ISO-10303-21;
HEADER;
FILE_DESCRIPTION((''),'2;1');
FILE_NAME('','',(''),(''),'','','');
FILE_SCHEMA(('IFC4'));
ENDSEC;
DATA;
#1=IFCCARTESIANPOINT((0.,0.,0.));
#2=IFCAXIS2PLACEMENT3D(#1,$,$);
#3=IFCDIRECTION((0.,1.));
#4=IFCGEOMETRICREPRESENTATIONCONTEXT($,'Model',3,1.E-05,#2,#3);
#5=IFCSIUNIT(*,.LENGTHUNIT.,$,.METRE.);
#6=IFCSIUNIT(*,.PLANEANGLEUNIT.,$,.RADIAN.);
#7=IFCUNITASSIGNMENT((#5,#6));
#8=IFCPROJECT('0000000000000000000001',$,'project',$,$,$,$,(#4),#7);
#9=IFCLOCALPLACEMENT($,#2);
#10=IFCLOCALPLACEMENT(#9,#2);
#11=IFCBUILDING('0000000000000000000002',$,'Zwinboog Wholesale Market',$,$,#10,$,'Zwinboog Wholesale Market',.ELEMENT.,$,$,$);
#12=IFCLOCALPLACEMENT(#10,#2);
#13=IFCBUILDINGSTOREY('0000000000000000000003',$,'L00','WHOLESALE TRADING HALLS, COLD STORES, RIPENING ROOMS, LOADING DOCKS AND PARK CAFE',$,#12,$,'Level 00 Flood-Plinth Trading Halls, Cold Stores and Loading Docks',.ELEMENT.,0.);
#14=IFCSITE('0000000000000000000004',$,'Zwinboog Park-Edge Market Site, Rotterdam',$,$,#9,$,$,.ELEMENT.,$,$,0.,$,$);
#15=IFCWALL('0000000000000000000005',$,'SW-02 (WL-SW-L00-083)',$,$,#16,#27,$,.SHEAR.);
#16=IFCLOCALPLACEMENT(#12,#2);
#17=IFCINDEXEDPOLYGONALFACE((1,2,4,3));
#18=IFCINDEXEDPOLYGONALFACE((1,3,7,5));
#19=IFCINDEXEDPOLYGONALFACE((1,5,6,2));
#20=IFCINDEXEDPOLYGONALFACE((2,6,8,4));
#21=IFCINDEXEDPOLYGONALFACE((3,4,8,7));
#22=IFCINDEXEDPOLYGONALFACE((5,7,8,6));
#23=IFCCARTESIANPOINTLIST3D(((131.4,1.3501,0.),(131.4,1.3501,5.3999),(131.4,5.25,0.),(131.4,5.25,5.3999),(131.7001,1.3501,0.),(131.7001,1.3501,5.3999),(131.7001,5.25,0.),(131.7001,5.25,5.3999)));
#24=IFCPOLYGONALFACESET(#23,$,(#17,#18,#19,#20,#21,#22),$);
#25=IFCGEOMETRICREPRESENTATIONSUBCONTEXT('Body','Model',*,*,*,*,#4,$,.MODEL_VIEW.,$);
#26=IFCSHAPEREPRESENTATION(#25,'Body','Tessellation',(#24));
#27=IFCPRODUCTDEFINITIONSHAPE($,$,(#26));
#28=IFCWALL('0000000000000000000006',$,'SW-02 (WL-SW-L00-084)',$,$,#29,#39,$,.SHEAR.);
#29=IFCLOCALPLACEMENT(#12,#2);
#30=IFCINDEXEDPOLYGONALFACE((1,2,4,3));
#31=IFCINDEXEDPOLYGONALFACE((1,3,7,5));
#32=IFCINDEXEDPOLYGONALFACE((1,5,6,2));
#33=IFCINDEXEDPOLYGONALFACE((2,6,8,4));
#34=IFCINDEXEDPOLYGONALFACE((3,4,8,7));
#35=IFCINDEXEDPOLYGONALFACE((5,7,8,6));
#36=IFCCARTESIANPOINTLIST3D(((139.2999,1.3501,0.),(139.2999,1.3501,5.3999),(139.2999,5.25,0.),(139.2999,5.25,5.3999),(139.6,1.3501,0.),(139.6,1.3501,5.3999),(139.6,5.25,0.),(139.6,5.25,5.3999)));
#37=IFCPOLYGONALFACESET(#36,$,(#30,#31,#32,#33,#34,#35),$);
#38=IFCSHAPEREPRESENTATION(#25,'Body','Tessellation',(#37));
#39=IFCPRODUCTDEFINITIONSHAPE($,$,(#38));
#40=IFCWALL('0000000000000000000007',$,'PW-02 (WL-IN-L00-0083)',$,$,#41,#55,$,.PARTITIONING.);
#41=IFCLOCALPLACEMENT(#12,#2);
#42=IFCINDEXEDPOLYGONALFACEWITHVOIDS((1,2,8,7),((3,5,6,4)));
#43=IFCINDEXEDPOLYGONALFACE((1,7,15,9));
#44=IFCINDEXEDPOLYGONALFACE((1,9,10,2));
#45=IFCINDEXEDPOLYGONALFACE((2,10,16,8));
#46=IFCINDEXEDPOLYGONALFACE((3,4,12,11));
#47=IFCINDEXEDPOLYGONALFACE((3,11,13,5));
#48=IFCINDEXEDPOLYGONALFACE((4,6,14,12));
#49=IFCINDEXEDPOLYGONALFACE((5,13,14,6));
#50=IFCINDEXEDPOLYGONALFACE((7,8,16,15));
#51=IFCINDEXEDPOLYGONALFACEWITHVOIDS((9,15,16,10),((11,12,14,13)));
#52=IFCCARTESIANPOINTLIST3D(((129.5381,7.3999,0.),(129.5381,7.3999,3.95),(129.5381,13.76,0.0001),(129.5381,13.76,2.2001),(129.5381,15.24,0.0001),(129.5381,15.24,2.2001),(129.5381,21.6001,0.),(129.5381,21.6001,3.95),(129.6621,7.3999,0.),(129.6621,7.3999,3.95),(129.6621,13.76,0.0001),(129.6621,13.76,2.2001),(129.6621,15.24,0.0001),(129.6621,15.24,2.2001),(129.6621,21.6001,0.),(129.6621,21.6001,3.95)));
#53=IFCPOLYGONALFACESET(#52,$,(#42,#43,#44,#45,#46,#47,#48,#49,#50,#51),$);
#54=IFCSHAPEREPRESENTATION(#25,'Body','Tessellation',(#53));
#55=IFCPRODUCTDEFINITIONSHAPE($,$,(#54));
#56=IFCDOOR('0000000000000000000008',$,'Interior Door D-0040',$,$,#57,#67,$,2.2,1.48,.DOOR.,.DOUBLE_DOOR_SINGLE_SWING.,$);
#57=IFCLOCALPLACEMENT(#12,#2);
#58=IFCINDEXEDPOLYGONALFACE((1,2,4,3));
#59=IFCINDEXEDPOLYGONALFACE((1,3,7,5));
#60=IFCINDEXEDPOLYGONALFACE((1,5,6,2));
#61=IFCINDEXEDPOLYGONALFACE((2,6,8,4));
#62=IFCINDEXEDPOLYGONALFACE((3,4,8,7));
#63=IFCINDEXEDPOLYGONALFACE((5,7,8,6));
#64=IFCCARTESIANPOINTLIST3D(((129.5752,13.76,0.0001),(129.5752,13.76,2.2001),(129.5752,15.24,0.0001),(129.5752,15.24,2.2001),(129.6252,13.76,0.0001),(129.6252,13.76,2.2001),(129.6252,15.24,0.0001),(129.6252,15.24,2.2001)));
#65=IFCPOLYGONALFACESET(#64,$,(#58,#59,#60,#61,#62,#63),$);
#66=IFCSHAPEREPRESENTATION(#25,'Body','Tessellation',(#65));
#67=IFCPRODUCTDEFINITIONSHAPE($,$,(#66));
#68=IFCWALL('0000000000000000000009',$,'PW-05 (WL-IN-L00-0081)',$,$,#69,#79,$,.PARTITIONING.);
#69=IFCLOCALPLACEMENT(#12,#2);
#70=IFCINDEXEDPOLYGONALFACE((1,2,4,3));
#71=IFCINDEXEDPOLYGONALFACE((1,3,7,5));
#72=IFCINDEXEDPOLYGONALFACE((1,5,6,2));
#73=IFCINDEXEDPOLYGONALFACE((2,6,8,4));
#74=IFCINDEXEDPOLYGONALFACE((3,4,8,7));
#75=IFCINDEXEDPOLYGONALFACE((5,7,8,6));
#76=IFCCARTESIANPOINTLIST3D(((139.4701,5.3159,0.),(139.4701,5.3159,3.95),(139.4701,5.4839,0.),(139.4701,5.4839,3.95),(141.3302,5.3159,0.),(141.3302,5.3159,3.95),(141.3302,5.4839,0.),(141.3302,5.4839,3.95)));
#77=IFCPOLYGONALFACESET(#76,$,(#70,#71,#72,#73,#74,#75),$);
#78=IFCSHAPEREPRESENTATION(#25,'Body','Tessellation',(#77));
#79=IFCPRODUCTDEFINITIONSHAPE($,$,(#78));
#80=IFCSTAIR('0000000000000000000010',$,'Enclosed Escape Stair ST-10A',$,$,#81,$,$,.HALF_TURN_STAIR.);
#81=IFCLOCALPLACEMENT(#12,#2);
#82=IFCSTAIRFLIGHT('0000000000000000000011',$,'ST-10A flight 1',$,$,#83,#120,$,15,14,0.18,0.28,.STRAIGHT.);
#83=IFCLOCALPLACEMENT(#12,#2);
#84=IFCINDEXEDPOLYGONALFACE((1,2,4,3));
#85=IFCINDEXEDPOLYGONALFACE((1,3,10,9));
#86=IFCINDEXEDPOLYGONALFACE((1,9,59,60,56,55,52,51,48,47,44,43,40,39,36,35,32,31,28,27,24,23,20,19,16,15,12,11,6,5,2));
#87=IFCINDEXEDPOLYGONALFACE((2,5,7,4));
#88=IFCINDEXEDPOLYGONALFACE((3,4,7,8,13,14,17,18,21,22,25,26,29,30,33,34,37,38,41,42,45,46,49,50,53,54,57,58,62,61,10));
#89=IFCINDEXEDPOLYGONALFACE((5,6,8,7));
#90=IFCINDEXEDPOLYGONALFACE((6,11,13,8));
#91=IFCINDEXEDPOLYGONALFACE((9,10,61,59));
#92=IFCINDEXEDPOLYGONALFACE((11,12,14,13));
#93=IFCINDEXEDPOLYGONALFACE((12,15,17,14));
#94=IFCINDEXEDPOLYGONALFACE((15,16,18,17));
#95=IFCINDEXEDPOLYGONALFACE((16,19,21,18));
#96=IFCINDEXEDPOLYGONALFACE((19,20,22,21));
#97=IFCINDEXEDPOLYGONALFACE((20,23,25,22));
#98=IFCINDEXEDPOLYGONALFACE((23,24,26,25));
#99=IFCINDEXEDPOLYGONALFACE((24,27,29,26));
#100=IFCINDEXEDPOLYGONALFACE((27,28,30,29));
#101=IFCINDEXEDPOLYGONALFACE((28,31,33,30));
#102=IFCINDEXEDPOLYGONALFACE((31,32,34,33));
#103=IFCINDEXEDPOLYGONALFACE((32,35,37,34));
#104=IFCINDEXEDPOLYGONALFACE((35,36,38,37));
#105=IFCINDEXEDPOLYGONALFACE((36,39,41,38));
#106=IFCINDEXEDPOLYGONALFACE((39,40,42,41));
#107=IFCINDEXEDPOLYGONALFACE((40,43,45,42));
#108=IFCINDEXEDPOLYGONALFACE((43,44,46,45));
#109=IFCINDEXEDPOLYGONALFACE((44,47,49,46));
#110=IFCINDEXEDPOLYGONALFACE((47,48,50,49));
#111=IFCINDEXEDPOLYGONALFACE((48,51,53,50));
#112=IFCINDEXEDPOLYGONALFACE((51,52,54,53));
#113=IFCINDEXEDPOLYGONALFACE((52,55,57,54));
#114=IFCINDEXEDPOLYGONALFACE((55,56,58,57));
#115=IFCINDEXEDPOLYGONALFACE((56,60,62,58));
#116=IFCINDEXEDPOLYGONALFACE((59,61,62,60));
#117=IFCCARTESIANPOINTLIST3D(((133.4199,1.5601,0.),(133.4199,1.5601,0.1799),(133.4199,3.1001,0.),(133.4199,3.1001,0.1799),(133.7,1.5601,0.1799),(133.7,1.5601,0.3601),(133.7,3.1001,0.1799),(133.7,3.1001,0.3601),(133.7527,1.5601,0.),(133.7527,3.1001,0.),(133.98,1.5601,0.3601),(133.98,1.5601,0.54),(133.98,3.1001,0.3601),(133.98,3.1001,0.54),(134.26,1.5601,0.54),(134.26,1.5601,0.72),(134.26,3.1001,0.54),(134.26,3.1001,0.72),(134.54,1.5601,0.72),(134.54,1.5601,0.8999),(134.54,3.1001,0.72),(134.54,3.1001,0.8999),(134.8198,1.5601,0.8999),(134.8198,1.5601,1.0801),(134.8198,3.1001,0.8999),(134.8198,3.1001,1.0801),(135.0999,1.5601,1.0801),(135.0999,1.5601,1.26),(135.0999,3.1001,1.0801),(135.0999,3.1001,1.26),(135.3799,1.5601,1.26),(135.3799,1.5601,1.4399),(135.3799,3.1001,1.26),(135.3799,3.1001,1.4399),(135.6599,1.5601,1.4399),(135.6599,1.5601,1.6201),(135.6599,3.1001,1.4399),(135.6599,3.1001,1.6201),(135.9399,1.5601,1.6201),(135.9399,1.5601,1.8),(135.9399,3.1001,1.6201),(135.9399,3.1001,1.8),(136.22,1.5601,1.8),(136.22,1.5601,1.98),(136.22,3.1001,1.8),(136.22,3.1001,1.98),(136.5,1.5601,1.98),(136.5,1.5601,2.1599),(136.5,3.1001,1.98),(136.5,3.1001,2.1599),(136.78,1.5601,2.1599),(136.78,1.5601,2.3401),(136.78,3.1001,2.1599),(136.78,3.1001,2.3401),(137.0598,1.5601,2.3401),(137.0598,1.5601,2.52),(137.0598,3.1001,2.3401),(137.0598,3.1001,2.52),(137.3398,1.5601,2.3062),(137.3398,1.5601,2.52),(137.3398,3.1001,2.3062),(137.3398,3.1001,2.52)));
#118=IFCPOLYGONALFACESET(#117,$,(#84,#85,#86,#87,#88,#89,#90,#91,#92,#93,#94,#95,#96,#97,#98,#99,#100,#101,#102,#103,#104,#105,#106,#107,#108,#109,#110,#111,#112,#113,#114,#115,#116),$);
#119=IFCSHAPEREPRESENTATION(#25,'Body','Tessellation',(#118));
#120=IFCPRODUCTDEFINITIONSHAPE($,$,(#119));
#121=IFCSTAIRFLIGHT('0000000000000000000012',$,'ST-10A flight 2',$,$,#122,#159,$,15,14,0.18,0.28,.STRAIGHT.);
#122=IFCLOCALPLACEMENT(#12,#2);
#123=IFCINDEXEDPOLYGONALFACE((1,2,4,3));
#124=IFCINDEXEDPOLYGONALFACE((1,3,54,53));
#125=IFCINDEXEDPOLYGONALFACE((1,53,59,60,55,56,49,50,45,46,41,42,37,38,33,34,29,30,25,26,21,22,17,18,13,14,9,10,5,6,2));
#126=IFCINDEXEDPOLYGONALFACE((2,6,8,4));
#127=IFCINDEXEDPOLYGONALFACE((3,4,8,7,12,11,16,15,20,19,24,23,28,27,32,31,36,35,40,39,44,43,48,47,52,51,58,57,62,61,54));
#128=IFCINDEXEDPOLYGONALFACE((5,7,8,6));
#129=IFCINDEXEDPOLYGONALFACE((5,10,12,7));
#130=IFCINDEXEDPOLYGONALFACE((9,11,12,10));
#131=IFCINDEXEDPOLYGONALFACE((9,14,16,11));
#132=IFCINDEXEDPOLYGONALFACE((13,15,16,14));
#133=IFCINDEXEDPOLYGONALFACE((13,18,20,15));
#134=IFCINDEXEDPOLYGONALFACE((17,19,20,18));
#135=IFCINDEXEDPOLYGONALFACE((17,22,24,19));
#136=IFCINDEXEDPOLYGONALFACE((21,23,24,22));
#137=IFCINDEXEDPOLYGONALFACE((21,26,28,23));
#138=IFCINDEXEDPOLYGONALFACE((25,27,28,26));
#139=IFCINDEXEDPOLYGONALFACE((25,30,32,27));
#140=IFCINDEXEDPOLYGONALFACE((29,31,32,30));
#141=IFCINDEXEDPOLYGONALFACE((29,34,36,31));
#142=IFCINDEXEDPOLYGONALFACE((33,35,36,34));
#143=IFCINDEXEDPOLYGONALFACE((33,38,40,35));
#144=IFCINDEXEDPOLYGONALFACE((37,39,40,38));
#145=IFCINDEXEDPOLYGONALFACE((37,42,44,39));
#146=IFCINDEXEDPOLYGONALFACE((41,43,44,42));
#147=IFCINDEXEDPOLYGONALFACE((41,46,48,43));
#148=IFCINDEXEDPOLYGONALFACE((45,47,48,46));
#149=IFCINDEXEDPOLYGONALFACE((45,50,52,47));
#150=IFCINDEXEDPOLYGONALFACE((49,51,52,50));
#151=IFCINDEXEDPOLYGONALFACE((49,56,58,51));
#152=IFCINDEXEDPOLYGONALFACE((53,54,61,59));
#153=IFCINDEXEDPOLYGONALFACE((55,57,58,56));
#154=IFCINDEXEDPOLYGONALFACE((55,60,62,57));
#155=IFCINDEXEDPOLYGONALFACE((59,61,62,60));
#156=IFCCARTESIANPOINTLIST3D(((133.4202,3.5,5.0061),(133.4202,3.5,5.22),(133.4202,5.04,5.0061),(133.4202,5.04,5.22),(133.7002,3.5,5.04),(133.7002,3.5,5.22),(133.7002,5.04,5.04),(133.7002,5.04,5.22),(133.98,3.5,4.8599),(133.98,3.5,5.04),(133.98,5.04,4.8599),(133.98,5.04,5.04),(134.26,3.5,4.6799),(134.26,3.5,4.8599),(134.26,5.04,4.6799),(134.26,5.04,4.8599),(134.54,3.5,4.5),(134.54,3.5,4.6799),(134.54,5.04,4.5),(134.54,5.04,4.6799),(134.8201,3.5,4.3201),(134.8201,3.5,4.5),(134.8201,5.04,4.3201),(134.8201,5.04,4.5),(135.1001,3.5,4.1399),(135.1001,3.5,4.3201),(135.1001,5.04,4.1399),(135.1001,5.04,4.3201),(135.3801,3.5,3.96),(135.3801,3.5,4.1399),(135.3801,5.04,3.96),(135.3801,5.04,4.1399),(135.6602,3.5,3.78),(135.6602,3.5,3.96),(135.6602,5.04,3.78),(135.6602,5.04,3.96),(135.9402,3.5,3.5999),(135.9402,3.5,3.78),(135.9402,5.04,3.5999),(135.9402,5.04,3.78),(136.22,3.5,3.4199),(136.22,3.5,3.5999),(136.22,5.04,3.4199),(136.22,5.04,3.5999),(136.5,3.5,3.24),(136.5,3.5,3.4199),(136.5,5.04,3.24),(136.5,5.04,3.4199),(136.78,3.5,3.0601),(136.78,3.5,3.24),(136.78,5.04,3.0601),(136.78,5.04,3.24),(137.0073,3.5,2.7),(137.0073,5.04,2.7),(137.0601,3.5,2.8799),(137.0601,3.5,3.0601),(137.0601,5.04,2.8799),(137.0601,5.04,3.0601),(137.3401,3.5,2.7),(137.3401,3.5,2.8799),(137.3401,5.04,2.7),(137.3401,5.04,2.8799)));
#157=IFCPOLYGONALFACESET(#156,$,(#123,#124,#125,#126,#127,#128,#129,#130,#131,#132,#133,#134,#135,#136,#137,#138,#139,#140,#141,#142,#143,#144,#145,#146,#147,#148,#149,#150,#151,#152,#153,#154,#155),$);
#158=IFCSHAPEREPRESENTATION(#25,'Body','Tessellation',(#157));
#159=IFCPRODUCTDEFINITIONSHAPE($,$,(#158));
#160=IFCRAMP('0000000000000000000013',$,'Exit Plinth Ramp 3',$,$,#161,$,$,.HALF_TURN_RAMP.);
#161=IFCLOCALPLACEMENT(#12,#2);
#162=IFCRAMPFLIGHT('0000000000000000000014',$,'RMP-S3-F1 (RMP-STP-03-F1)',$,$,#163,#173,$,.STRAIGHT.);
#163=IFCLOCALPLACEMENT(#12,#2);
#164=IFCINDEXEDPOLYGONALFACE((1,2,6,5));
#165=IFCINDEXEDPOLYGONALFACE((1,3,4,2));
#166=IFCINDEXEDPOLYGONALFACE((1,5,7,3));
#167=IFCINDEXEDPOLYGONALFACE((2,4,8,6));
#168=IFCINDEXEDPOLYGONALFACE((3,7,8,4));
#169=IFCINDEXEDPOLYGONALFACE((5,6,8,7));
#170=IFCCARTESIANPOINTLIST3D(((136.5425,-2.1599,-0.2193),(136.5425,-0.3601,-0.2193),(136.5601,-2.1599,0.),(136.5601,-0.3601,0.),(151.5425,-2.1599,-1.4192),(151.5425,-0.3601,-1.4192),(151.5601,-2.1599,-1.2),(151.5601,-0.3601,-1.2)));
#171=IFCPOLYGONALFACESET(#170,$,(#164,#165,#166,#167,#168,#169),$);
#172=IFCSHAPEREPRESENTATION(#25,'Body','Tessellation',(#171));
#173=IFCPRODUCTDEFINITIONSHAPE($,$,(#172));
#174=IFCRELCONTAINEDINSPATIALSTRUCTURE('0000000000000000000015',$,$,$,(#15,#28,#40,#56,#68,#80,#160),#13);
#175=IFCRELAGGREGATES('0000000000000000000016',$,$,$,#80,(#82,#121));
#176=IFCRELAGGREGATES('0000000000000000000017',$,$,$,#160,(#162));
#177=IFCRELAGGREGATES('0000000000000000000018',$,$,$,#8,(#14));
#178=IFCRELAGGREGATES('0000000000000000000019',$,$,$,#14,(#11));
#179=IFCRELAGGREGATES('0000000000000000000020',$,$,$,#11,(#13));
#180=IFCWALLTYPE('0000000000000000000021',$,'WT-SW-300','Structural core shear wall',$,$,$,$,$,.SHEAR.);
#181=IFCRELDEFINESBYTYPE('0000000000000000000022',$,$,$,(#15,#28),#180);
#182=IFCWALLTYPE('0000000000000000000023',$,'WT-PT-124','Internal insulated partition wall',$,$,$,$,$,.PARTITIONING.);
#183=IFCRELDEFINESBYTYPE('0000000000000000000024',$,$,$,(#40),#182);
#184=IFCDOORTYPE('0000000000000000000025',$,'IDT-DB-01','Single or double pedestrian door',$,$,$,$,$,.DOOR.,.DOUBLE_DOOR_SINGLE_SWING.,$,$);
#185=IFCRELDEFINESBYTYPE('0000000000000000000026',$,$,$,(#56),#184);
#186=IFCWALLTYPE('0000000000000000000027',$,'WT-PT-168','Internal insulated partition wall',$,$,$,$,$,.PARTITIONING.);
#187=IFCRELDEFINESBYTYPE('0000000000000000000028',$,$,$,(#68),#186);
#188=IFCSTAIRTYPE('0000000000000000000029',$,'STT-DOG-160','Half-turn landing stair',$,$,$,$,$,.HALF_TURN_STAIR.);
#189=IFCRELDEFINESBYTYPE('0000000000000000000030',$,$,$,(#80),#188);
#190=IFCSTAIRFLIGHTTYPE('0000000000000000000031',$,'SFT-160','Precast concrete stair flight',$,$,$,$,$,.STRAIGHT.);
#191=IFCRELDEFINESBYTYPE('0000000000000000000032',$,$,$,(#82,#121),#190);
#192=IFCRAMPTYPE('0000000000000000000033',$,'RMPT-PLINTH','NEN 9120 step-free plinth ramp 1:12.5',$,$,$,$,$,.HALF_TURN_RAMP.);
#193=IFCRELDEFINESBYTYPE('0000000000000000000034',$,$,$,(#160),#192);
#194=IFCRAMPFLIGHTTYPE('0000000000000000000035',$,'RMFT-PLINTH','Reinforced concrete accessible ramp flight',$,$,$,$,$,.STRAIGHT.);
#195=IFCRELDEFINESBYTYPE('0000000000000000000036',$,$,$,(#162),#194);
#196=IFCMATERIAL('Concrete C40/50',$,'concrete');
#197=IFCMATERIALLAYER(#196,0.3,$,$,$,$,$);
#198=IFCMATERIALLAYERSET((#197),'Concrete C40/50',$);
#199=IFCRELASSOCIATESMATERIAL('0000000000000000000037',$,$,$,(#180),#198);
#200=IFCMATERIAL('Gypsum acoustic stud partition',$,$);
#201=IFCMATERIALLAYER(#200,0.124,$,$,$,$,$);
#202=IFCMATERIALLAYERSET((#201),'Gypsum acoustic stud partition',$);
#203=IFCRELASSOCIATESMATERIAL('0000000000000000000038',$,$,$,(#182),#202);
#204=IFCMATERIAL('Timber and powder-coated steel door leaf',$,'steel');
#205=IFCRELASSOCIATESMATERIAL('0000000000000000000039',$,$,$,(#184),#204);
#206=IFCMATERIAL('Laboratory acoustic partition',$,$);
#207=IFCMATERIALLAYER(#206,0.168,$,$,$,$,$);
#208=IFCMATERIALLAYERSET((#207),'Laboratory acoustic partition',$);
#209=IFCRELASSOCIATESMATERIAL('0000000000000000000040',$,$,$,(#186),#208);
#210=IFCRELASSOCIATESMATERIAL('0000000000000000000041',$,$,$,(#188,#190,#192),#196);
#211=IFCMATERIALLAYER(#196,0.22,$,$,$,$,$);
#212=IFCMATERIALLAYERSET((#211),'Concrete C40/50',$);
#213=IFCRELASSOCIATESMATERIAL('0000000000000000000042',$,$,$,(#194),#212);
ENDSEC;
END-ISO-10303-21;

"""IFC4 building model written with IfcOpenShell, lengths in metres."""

from ifc_helpers import new_model, si_unit, direction, frame, frame_2d, origin, place, context, subcontext, project, spatial, polyline, rectangle, outline, extrude, material, layer, layer_set, type_object, element, fill, aggregate, save


model = new_model("IFC4")

# Units and contexts
model_context = context("Model", 3, precision=1e-05, world=origin(), true_north=direction((0.0, 1.0)))
body_context = subcontext(model_context, "Body", "Model", "MODEL_VIEW")
ifc_project = project(units=[si_unit("LENGTHUNIT", "METRE"), si_unit("PLANEANGLEUNIT", "RADIAN")], contexts=[model_context])

# Site, building, storey
site_placement = place(None, origin())
site = spatial("IfcSite", under=ifc_project, at=site_placement, Name="Zwinboog Park-Edge Market Site, Rotterdam", CompositionType="ELEMENT", RefElevation=0.0)
building_placement = place(site_placement, origin())
building = spatial("IfcBuilding", under=site, at=building_placement, Name="Zwinboog Wholesale Market", LongName="Zwinboog Wholesale Market", CompositionType="ELEMENT")
storey_placement = place(building_placement, origin())
storey = spatial("IfcBuildingStorey", under=building, at=storey_placement, Name="L00", Description="WHOLESALE TRADING HALLS, COLD STORES, RIPENING ROOMS, LOADING DOCKS AND PARK CAFE", LongName="Level 00 Flood-Plinth Trading Halls, Cold Stores and Loading Docks", CompositionType="ELEMENT", Elevation=0.0)

# Shared definitions
ifc_material_1 = material(Name="Concrete C40/50", Category="concrete")

# Shared definitions
ifc_layer_1 = layer(ifc_material_1, 0.3)
ifc_layer_set_1 = layer_set([ifc_layer_1], Name="Concrete C40/50")
wall_type_1 = type_object("IfcWallType", Name="WT-SW-300", Description="Structural core shear wall", PredefinedType="SHEAR", material=ifc_layer_set_1)

# Shared definitions
ifc_material_2 = material(Name="Timber and powder-coated steel door leaf", Category="steel")

# Walls
for number, where, z_axis, x_axis, name in (
    (1, (131.55, 1.3501, 0.0), (0.0, 0.0, 1.0), (0.0, 1.0, 0.0), "SW-02 (WL-SW-L00-083)"),
    (2, (139.45, 1.3501, 0.0), (0.0, 0.0, 1.0), (0.0, 1.0, 0.0), "SW-02 (WL-SW-L00-084)"),
):
    element("IfcWall", number, at=place(storey_placement, frame(where, z_axis=z_axis, x_axis=x_axis)), inside=storey, type_object=wall_type_1, Name=name, PredefinedType="SHEAR", context=body_context, shape_type="SweptSolid", body=[
        extrude(rectangle(XDim=3.8999, YDim=0.3, at=frame_2d((1.95, 0.0))), origin(), (0.0, 0.0, 1.0), 5.3999),
    ])

# Wall, opening, door
ifc_material_3 = material(Name="Gypsum acoustic stud partition")
ifc_layer_2 = layer(ifc_material_3, 0.124)
ifc_layer_set_2 = layer_set([ifc_layer_2], Name="Gypsum acoustic stud partition")
wall_type_2 = type_object("IfcWallType", Name="WT-PT-124", Description="Internal insulated partition wall", PredefinedType="PARTITIONING", material=ifc_layer_set_2)
wall_1_placement = place(storey_placement, frame((129.6001, 7.3999, 0.0), z_axis=(0.0, 0.0, 1.0), x_axis=(0.0, 1.0, 0.0)))
wall_1 = element("IfcWall", 3, at=wall_1_placement, inside=storey, type_object=wall_type_2, Name="PW-02 (WL-IN-L00-0083)", PredefinedType="PARTITIONING", context=body_context, shape_type="SweptSolid", body=[
    extrude(rectangle(XDim=14.2002, YDim=0.124, at=frame_2d((7.1001, 0.0))), origin(), (0.0, 0.0, 1.0), 3.95),
])
opening_1_placement = place(wall_1_placement, frame((6.3601, 0.0, 0.0)))
opening_1 = element("IfcOpeningElement", 4, at=opening_1_placement, cuts=wall_1, PredefinedType="OPENING", context=body_context, shape_type="SweptSolid", body=[
    extrude(rectangle(XDim=1.48, YDim=2.2, at=frame_2d((0.74, 1.1001))), frame((0.0, 0.072, 0.0), z_axis=(0.0, -1.0, 0.0), x_axis=(1.0, 0.0, 0.0)), (0.0, 0.0, 1.0), 0.144),
])
door_type_1 = type_object("IfcDoorType", Name="IDT-DB-01", Description="Single or double pedestrian door", OperationType="DOUBLE_DOOR_SINGLE_SWING", PredefinedType="DOOR", material=ifc_material_2)
door_1_placement = place(opening_1_placement, origin())
door_1 = element("IfcDoor", 5, at=door_1_placement, inside=storey, type_object=door_type_1, Name="Interior Door D-0040", OperationType="DOUBLE_DOOR_SINGLE_SWING", OverallHeight=2.2, OverallWidth=1.48, PredefinedType="DOOR", context=body_context, shape_type="SweptSolid", body=[
    extrude(rectangle(XDim=1.48, YDim=2.2, at=frame_2d((0.74, 1.1001))), frame((0.0, 0.0249, 0.0), z_axis=(0.0, -1.0, 0.0), x_axis=(1.0, 0.0, 0.0)), (0.0, 0.0, 1.0), 0.05),
])
fill(opening_1, door_1)

# Wall
ifc_material_4 = material(Name="Laboratory acoustic partition")
ifc_layer_3 = layer(ifc_material_4, 0.168)
ifc_layer_set_3 = layer_set([ifc_layer_3], Name="Laboratory acoustic partition")
wall_type_3 = type_object("IfcWallType", Name="WT-PT-168", Description="Internal insulated partition wall", PredefinedType="PARTITIONING", material=ifc_layer_set_3)
wall_2_placement = place(storey_placement, frame((139.47, 5.3999, 0.0), z_axis=(0.0, 0.0, 1.0), x_axis=(1.0, 0.0, 0.0)))
element("IfcWall", 6, at=wall_2_placement, inside=storey, type_object=wall_type_3, Name="PW-05 (WL-IN-L00-0081)", PredefinedType="PARTITIONING", context=body_context, shape_type="SweptSolid", body=[
    extrude(rectangle(XDim=1.8601, YDim=0.168, at=frame_2d((0.9302, 0.0))), origin(), (0.0, 0.0, 1.0), 3.95),
])

# Stair, stair flights
stair_type = type_object("IfcStairType", Name="STT-DOG-160", Description="Half-turn landing stair", PredefinedType="HALF_TURN_STAIR", material=ifc_material_1)
stair_placement = place(storey_placement, origin())
stair = element("IfcStair", 7, at=stair_placement, inside=storey, type_object=stair_type, Name="Enclosed Escape Stair ST-10A", PredefinedType="HALF_TURN_STAIR")
stair_flight_type = type_object("IfcStairFlightType", Name="SFT-160", Description="Precast concrete stair flight", PredefinedType="STRAIGHT", material=ifc_material_1)
stair_flight_1_placement = place(storey_placement, frame((133.4199, 2.3301, 0.0), z_axis=(0.0, 0.0, 1.0), x_axis=(1.0, 0.0, 0.0)))
stair_flight_1 = element("IfcStairFlight", 8, at=stair_flight_1_placement, type_object=stair_flight_type, Name="ST-10A flight 1", NumberOfRisers=15, NumberOfTreads=14, PredefinedType="STRAIGHT", RiserHeight=0.18, TreadLength=0.28, context=body_context, shape_type="SweptSolid", body=[
    extrude(outline(polyline([(0.0, 0.0), (0.0, 0.1799), (0.28, 0.1799), (0.28, 0.3601), (0.5601, 0.3601), (0.5601, 0.54), (0.8401, 0.54), (0.8401, 0.72), (1.1201, 0.72), (1.1201, 0.8999), (1.3999, 0.8999), (1.3999, 1.0801), (1.6799, 1.0801), (1.6799, 1.26), (1.96, 1.26), (1.96, 1.4399), (2.24, 1.4399), (2.24, 1.6201), (2.52, 1.6201), (2.52, 1.8), (2.8, 1.8), (2.8, 1.98), (3.0801, 1.98), (3.0801, 2.1599), (3.3601, 2.1599), (3.3601, 2.3401), (3.6399, 2.3401), (3.6399, 2.52), (3.9199, 2.52), (3.9199, 2.7), (3.9199, 2.3062), (0.3328, 0.0), (0.0, 0.0)])), frame((0.0, 0.77, 0.0), z_axis=(0.0, -1.0, 0.0), x_axis=(1.0, 0.0, 0.0)), (0.0, 0.0, 1.0), 1.54),
])
stair_flight_2_placement = place(storey_placement, frame((137.3401, 4.27, 2.7), z_axis=(0.0, 0.0, 1.0), x_axis=(-1.0, 0.0, 0.0)))
stair_flight_2 = element("IfcStairFlight", 9, at=stair_flight_2_placement, type_object=stair_flight_type, Name="ST-10A flight 2", NumberOfRisers=15, NumberOfTreads=14, PredefinedType="STRAIGHT", RiserHeight=0.18, TreadLength=0.28, context=body_context, shape_type="SweptSolid", body=[
    extrude(outline(polyline([(0.0, 0.0), (0.0, 0.1799), (0.28, 0.1799), (0.28, 0.3601), (0.5601, 0.3601), (0.5601, 0.54), (0.8401, 0.54), (0.8401, 0.72), (1.1201, 0.72), (1.1201, 0.8999), (1.3999, 0.8999), (1.3999, 1.0801), (1.6799, 1.0801), (1.6799, 1.26), (1.96, 1.26), (1.96, 1.4399), (2.24, 1.4399), (2.24, 1.6201), (2.52, 1.6201), (2.52, 1.8), (2.8, 1.8), (2.8, 1.98), (3.0801, 1.98), (3.0801, 2.1599), (3.3601, 2.1599), (3.3601, 2.3401), (3.6399, 2.3401), (3.6399, 2.52), (3.9199, 2.52), (3.9199, 2.7), (3.9199, 2.3062), (0.3328, 0.0), (0.0, 0.0)])), frame((0.0, 0.77, 0.0), z_axis=(0.0, -1.0, 0.0), x_axis=(1.0, 0.0, 0.0)), (0.0, 0.0, 1.0), 1.54),
])
aggregate(stair, [stair_flight_1, stair_flight_2])

# Ramp, ramp flight
ramp_type = type_object("IfcRampType", Name="RMPT-PLINTH", Description="NEN 9120 step-free plinth ramp 1:12.5", PredefinedType="HALF_TURN_RAMP", material=ifc_material_1)
ramp_placement = place(storey_placement, origin())
ramp = element("IfcRamp", 10, at=ramp_placement, inside=storey, type_object=ramp_type, Name="Exit Plinth Ramp 3", PredefinedType="HALF_TURN_RAMP")
ifc_layer_4 = layer(ifc_material_1, 0.22)
ifc_layer_set_4 = layer_set([ifc_layer_4], Name="Concrete C40/50")
ramp_flight_type = type_object("IfcRampFlightType", Name="RMFT-PLINTH", Description="Reinforced concrete accessible ramp flight", PredefinedType="STRAIGHT", material=ifc_layer_set_4)
ramp_flight_placement = place(storey_placement, frame((136.5601, -2.1599, 0.0), z_axis=(0.079742, 0.0, 0.996816), x_axis=(0.996816, 0.0, -0.079742)))
ramp_flight = element("IfcRampFlight", 11, at=ramp_flight_placement, type_object=ramp_flight_type, Name="RMP-S3-F1 (RMP-STP-03-F1)", PredefinedType="STRAIGHT", context=body_context, shape_type="SweptSolid", body=[
    extrude(outline(polyline([(0.0, 0.0), (15.0479, 0.0), (15.0479, 1.7998), (0.0, 1.7998), (0.0, 0.0)])), origin(), (0.0, 0.0, -1.0), 0.22),
])
aggregate(ramp, [ramp_flight])

save(model, "model.ifc")
